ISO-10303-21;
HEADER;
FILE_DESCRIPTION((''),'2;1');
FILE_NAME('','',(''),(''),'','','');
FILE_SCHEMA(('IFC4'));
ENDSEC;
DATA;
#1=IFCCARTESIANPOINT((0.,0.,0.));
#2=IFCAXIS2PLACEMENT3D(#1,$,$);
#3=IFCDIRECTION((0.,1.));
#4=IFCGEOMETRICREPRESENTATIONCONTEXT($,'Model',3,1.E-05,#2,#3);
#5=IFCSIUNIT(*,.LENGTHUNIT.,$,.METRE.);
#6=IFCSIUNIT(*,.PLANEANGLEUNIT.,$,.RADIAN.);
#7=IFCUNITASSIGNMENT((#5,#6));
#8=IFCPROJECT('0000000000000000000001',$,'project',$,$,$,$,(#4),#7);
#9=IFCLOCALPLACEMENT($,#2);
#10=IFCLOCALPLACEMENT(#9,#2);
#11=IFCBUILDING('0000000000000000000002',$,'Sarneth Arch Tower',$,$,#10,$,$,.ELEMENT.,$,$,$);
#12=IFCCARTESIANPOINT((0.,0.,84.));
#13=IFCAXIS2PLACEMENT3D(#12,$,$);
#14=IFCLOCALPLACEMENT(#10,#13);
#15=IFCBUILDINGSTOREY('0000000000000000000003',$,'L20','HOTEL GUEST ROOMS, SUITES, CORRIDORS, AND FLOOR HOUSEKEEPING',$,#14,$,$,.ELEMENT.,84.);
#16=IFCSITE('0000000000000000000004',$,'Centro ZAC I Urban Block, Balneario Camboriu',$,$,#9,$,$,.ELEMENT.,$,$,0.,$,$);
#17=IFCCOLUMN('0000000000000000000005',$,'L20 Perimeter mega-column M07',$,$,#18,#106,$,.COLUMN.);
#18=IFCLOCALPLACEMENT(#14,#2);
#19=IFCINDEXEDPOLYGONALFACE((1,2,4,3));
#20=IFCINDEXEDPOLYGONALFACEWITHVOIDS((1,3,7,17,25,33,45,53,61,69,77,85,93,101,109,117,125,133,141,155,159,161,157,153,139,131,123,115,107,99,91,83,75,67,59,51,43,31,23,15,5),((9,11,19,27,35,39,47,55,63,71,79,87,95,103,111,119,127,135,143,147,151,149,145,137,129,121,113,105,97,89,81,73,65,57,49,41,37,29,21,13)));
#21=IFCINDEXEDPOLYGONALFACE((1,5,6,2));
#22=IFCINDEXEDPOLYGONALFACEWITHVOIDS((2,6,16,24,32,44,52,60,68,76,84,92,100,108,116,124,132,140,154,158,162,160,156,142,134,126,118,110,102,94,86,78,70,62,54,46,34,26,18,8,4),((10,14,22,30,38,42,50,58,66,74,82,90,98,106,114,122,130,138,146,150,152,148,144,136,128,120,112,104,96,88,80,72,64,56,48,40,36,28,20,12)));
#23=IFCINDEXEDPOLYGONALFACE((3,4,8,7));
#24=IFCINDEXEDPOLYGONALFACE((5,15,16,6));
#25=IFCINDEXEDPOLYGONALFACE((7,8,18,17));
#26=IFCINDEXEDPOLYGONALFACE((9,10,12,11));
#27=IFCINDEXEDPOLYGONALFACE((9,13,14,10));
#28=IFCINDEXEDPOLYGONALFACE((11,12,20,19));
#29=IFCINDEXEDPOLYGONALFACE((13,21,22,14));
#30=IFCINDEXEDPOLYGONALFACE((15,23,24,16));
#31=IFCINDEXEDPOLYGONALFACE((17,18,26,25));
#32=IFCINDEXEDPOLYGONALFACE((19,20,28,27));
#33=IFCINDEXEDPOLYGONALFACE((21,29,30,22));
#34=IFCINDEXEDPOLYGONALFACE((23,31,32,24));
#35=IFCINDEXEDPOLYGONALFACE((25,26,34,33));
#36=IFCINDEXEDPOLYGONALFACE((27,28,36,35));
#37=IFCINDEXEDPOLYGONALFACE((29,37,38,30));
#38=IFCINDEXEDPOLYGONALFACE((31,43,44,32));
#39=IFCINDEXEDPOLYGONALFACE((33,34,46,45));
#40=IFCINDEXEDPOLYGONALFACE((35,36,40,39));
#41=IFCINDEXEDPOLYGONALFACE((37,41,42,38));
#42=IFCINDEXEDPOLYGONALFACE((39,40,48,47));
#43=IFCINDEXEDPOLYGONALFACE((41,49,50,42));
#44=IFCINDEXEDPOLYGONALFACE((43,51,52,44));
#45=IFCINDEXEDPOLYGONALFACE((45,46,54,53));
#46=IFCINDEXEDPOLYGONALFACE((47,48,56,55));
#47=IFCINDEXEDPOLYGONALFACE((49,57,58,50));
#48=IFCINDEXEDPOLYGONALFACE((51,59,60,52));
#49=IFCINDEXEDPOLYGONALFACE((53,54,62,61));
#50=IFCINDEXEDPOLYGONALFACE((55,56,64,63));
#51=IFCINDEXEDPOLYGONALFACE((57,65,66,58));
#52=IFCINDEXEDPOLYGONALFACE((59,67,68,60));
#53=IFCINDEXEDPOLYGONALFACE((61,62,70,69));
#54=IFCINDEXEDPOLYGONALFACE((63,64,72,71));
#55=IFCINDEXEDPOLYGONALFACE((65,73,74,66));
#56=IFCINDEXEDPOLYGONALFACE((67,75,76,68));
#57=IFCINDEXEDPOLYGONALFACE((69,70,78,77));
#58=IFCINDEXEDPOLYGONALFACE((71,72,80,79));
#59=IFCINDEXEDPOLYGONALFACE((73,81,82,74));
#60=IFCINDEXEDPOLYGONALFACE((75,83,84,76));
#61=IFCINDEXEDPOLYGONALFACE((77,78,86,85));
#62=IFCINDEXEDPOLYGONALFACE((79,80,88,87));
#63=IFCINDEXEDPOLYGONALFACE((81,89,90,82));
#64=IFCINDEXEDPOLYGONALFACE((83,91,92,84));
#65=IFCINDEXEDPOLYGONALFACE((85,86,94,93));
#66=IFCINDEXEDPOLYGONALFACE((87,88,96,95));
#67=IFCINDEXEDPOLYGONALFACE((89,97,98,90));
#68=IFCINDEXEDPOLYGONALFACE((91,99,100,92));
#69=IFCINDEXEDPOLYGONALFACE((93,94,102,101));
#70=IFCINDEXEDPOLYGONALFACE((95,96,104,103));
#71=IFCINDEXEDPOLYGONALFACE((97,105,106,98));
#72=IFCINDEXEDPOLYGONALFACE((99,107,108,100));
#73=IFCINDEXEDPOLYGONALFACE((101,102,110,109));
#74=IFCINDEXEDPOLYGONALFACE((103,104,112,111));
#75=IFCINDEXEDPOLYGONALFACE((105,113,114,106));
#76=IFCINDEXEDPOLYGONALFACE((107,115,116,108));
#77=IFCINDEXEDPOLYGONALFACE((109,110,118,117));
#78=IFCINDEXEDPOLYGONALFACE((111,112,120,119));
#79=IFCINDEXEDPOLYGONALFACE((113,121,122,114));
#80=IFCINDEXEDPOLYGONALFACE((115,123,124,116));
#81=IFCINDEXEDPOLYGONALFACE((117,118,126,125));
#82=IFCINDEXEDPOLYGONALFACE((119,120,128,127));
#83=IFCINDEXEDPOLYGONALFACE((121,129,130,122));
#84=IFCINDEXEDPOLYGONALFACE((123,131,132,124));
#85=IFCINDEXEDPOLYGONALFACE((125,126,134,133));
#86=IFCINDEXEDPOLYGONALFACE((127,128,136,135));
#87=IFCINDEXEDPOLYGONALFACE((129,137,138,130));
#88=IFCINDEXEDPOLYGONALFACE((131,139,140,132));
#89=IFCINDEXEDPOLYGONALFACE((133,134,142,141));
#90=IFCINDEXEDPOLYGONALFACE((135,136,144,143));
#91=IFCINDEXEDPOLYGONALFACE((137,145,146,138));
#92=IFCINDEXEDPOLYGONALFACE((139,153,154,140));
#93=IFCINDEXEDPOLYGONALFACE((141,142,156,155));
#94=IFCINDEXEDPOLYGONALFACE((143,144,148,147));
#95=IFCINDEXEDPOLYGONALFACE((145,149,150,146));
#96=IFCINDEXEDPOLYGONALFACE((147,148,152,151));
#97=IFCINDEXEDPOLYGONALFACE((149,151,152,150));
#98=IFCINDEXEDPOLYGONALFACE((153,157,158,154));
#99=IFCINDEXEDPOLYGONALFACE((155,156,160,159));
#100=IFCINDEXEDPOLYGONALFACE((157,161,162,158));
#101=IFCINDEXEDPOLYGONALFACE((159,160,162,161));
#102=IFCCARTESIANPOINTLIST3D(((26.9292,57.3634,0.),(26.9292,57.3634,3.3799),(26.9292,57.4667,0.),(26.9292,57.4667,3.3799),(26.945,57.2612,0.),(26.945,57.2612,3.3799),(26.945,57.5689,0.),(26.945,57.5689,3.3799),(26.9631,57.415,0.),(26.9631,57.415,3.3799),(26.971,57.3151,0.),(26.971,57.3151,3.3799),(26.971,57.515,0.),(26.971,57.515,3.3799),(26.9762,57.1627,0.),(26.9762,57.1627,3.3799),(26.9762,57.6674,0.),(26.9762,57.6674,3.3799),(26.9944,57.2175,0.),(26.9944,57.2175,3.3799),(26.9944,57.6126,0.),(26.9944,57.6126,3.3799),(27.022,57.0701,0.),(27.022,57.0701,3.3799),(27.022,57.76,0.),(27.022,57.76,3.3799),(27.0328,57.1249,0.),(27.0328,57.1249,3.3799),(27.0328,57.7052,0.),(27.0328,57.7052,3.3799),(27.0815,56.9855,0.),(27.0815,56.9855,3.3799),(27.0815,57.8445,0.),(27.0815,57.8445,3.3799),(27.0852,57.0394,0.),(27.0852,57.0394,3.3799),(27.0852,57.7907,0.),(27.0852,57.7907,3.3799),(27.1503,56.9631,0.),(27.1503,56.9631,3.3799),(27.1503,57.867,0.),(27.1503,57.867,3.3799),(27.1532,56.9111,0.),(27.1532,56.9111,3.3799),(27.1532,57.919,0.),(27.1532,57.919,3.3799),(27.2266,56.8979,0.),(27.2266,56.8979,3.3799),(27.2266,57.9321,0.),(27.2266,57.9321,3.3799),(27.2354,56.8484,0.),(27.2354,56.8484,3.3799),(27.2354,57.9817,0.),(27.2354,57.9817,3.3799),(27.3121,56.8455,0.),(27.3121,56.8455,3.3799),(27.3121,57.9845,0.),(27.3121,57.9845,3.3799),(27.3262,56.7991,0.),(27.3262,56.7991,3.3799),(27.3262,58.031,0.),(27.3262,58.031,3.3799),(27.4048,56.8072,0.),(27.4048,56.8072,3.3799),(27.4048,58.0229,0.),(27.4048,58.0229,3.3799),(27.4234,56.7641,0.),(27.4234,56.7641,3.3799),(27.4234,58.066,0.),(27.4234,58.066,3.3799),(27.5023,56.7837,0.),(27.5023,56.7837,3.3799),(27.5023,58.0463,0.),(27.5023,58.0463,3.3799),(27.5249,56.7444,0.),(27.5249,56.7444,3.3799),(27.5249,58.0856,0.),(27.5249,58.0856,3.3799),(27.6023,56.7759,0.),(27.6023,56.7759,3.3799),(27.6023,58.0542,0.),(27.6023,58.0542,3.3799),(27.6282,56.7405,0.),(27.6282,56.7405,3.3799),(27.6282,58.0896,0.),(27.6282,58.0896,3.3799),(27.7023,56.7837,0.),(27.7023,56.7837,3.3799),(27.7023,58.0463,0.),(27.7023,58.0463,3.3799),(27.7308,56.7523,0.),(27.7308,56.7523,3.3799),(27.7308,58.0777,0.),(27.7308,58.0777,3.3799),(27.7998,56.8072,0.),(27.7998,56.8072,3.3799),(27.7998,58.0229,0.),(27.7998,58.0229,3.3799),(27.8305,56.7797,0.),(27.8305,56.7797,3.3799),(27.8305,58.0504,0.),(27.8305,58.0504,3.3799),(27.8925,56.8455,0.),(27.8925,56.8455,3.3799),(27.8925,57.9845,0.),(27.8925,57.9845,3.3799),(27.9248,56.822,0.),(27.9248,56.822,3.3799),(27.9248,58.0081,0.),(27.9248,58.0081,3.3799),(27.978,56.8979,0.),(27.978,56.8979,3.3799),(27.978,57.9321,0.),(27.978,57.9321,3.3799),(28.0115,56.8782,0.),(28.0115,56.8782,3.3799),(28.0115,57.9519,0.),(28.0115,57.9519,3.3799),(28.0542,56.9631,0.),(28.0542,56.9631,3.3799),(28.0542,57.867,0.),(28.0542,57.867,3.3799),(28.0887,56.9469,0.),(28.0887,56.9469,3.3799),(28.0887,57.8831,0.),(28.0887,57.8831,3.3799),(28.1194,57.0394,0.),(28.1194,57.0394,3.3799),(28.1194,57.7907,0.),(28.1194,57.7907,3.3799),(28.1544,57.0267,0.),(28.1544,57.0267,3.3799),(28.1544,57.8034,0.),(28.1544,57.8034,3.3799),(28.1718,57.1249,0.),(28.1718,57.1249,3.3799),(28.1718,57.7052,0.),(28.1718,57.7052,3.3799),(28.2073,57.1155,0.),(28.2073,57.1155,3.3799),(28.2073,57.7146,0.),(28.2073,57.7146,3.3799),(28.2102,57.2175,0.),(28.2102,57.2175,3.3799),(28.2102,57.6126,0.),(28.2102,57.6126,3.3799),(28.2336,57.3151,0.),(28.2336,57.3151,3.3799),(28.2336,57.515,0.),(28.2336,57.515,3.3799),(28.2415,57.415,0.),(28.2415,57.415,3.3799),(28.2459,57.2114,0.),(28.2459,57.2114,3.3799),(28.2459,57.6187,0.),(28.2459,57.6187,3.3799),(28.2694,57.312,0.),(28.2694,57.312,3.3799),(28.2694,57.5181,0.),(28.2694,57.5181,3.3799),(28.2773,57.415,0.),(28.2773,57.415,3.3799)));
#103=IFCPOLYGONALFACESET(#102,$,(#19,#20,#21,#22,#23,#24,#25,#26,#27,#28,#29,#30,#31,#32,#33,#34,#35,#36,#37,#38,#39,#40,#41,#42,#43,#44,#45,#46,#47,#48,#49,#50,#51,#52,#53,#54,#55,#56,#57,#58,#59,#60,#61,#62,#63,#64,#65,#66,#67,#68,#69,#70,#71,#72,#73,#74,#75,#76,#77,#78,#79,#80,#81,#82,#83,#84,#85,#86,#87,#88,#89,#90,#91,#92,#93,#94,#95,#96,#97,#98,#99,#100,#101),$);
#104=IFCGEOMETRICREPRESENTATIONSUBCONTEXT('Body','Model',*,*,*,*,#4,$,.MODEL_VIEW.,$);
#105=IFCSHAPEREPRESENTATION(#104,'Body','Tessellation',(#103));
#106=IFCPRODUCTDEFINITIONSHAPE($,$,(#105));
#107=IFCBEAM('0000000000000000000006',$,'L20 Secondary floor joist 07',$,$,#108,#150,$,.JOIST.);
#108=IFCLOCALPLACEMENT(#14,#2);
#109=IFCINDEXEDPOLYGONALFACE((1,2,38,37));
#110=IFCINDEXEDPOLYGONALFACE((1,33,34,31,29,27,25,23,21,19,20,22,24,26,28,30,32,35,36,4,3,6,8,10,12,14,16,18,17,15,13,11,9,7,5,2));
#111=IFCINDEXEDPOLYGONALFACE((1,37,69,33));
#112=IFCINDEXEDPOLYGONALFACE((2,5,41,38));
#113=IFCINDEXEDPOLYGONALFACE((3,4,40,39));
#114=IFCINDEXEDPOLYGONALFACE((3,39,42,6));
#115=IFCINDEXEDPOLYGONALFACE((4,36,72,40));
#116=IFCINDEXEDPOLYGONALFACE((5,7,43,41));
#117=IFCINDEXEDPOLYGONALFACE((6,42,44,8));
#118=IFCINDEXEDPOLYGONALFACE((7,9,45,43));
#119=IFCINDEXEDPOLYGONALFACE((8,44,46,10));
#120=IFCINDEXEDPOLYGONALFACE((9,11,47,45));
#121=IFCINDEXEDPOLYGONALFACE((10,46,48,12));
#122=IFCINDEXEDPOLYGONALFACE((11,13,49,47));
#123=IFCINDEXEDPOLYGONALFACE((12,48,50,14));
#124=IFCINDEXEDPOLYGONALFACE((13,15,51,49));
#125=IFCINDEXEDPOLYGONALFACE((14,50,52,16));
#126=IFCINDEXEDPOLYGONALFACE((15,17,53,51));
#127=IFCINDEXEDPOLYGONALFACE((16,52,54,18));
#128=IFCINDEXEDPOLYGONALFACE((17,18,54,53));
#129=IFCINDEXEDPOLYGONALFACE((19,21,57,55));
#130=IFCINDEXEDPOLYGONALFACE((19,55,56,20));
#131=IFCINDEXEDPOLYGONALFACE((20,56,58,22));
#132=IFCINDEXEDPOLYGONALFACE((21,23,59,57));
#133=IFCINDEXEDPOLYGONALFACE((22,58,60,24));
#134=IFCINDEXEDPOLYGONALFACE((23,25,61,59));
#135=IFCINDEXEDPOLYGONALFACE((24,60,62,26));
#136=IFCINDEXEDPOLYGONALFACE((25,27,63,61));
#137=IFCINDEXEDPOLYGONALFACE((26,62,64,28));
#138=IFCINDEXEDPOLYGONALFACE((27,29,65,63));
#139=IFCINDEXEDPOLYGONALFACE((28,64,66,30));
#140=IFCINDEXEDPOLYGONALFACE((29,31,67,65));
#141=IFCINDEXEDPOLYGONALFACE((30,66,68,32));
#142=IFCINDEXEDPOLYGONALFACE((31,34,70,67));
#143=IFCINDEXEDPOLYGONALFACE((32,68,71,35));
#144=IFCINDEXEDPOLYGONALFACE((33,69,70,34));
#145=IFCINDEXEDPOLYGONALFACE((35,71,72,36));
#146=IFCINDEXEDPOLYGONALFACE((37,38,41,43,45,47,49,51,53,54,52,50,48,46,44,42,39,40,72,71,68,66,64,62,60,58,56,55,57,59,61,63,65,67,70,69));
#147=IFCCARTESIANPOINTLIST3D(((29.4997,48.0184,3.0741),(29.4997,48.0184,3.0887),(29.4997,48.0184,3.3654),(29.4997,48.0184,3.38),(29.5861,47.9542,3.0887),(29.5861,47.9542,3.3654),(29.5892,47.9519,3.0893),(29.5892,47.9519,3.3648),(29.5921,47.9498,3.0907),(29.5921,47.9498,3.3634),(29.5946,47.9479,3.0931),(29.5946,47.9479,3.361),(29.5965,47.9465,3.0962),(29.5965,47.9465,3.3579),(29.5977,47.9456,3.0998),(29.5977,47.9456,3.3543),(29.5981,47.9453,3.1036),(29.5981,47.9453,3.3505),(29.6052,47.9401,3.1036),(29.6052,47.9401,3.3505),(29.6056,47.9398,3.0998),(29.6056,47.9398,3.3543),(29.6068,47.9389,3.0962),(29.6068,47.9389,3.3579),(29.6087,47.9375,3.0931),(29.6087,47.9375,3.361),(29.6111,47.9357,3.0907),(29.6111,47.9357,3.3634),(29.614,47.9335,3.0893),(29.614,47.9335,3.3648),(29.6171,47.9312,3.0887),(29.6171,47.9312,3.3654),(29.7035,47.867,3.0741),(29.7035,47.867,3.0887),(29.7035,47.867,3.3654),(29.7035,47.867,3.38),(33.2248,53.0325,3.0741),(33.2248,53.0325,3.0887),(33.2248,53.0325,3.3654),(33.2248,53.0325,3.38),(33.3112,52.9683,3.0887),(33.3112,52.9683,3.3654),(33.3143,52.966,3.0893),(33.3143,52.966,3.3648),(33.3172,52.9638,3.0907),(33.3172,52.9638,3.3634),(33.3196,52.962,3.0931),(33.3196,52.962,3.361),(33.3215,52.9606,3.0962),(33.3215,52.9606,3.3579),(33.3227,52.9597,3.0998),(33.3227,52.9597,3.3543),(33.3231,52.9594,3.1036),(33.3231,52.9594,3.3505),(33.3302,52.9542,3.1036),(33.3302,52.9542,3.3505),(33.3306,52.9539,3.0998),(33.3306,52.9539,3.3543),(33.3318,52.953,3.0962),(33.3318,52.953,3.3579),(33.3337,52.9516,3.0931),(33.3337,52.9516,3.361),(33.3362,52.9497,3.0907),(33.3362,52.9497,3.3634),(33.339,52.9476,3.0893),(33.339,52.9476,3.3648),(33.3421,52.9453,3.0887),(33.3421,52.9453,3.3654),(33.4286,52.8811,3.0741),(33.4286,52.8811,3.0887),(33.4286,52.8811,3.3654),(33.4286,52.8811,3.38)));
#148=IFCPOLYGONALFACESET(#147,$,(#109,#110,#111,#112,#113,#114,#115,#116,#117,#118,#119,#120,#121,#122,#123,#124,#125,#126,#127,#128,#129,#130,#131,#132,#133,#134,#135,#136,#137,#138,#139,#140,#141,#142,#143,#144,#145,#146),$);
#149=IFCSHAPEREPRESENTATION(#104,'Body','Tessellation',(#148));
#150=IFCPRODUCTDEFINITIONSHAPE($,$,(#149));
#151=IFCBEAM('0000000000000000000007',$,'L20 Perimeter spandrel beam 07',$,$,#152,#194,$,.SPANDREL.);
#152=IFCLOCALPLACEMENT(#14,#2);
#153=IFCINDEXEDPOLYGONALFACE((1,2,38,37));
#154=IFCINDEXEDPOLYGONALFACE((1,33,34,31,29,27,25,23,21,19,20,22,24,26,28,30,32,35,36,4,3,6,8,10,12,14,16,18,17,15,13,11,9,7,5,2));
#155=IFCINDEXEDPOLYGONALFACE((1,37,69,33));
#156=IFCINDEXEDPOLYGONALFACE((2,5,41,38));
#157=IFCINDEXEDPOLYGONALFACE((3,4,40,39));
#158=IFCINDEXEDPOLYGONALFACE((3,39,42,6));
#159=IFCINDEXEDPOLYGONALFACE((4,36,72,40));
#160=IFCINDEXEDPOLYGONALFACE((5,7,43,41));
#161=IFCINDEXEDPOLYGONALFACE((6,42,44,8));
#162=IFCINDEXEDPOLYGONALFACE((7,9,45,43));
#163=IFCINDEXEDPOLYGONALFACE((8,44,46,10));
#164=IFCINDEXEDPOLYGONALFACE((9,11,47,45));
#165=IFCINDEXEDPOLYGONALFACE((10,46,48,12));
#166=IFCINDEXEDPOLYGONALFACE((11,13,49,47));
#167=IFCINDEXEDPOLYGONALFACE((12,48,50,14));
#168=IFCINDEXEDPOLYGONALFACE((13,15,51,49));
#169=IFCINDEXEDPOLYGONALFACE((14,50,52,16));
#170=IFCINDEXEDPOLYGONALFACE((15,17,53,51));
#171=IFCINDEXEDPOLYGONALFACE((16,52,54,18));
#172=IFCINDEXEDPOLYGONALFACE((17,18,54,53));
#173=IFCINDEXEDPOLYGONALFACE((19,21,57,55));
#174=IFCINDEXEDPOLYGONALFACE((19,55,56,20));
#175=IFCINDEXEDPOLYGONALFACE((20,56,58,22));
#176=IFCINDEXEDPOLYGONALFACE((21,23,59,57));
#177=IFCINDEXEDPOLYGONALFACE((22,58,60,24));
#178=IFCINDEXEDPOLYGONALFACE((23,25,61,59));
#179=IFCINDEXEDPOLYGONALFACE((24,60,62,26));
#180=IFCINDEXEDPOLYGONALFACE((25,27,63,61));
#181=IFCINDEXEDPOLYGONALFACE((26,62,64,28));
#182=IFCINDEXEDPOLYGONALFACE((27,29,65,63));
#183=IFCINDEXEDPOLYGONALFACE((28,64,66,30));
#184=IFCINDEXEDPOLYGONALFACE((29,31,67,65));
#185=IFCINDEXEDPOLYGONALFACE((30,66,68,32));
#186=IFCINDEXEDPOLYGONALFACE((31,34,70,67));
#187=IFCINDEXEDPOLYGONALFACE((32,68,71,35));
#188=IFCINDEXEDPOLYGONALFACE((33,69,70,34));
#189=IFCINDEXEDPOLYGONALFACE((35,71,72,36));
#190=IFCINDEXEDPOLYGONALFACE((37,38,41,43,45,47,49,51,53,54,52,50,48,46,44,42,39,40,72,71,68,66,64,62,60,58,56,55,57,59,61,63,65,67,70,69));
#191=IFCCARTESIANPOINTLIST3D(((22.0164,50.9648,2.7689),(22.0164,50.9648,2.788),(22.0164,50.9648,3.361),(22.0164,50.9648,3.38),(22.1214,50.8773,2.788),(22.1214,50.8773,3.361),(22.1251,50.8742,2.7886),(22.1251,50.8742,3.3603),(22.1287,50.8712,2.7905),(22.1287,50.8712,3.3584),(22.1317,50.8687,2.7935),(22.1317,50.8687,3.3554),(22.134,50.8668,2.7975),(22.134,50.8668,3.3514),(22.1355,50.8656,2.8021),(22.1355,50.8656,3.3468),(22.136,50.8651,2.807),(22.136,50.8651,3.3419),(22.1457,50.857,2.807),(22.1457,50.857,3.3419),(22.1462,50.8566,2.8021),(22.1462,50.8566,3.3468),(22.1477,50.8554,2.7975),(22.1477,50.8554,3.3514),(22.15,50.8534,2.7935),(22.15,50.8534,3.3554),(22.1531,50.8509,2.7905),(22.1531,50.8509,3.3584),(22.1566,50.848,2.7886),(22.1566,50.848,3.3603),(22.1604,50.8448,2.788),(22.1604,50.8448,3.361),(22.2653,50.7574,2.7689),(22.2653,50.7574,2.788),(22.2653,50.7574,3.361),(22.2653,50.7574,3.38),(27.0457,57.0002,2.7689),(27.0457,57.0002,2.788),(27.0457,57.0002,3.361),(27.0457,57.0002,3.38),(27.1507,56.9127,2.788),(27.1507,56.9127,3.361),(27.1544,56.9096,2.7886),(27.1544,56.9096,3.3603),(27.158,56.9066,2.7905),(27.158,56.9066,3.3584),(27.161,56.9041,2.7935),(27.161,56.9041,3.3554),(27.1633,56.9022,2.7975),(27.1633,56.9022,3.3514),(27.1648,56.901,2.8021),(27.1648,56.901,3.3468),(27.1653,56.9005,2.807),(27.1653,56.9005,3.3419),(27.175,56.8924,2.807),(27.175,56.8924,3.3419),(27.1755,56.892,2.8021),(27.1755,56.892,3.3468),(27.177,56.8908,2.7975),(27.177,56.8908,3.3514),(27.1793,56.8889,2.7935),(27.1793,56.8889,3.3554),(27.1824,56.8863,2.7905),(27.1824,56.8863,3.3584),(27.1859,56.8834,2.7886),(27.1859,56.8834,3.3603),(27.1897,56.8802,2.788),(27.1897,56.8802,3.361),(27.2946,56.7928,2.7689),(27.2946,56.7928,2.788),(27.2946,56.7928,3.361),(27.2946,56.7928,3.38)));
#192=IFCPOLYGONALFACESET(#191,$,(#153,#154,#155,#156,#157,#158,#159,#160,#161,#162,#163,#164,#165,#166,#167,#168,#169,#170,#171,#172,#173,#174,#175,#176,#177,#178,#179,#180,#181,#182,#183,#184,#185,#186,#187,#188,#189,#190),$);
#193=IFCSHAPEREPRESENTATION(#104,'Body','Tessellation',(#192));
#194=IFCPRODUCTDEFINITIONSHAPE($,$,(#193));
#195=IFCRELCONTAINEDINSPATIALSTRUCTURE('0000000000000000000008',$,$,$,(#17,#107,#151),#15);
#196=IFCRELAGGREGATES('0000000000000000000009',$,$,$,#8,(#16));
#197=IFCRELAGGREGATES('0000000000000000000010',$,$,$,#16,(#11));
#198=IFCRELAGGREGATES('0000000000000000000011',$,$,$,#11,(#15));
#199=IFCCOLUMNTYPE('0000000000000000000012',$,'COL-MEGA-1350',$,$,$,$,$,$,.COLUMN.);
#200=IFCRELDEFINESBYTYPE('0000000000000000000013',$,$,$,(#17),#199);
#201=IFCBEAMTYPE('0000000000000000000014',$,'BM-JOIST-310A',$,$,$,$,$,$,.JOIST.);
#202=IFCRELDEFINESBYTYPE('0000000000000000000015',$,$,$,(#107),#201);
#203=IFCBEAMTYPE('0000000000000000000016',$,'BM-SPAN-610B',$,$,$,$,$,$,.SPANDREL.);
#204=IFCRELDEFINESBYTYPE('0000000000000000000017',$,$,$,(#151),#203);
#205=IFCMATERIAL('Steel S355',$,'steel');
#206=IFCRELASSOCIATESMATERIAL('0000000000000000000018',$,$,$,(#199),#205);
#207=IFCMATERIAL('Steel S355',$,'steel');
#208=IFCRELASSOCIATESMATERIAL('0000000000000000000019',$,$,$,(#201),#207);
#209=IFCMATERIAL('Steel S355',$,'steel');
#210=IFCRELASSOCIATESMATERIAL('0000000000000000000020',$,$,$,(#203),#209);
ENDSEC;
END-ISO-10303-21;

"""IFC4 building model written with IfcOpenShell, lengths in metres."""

from ifc_helpers import new_model, si_unit, direction, frame, origin, origin_2d, place, context, subcontext, project, spatial, hollow_circle, i_section, extrude, material, material_profile, profile_set, type_object, element, save


model = new_model("IFC4")

# Units and contexts
model_context = context("Model", 3, precision=1e-05, world=origin(), true_north=direction((0.0, 1.0)))
body_context = subcontext(model_context, "Body", "Model", "MODEL_VIEW")
ifc_project = project(units=[si_unit("LENGTHUNIT", "METRE"), si_unit("PLANEANGLEUNIT", "RADIAN")], contexts=[model_context])

# Site, building, storey
site_placement = place(None, origin())
site = spatial("IfcSite", under=ifc_project, at=site_placement, Name="Centro ZAC I Urban Block, Balneario Camboriu", CompositionType="ELEMENT", RefElevation=0.0)
building_placement = place(site_placement, origin())
building = spatial("IfcBuilding", under=site, at=building_placement, Name="Sarneth Arch Tower", CompositionType="ELEMENT")
storey_placement = place(building_placement, frame((0.0, 0.0, 84.0)))
storey = spatial("IfcBuildingStorey", under=building, at=storey_placement, Name="L20", Description="HOTEL GUEST ROOMS, SUITES, CORRIDORS, AND FLOOR HOUSEKEEPING", CompositionType="ELEMENT", Elevation=84.0)

# Column
ifc_material_1 = material(Name="Steel S355", Category="steel")
ifc_material_profile_1 = material_profile(ifc_material_1, hollow_circle(Radius=0.675, WallThickness=0.0359, at=origin_2d()), Name="CHS1350x36")
ifc_profile_set_1 = profile_set([ifc_material_profile_1], Name="Steel S355")
column_type = type_object("IfcColumnType", Name="COL-MEGA-1350", PredefinedType="COLUMN", material=ifc_profile_set_1)
column_placement = place(storey_placement, frame((27.6023, 57.415, 0.0), z_axis=(0.0, 0.0, 1.0), x_axis=(1.0, 0.0, 0.0)))
element("IfcColumn", 1, at=column_placement, inside=storey, type_object=column_type, Name="L20 Perimeter mega-column M07", PredefinedType="COLUMN", context=body_context, shape_type="SweptSolid", body=[
    extrude(hollow_circle(Radius=0.675, WallThickness=0.0359, at=origin_2d()), origin(), (0.0, 0.0, 1.0), 3.3799),
])

# Beams
ifc_material_2 = material(Name="Steel S355", Category="steel")
ifc_material_profile_2 = material_profile(ifc_material_2, i_section(OverallWidth=0.2539, OverallDepth=0.3059, WebThickness=0.0088, FlangeThickness=0.0146, FilletRadius=0.0149, at=origin_2d()), Name="W310x79")
ifc_profile_set_2 = profile_set([ifc_material_profile_2], Name="Steel S355")
beam_type_1 = type_object("IfcBeamType", Name="BM-JOIST-310A", PredefinedType="JOIST", material=ifc_profile_set_2)
beam_1_placement = place(storey_placement, frame((33.3267, 52.9568, 3.2271), z_axis=(-0.596354, -0.802721, 0.0), x_axis=(0.802721, -0.596354, 0.0)))
element("IfcBeam", 2, at=beam_1_placement, inside=storey, type_object=beam_type_1, Name="L20 Secondary floor joist 07", PredefinedType="JOIST", context=body_context, shape_type="SweptSolid", body=[
    extrude(i_section(OverallWidth=0.2539, OverallDepth=0.3059, WebThickness=0.0088, FlangeThickness=0.0146, FilletRadius=0.0149, at=origin_2d()), origin(), (0.0, 0.0, 1.0), 6.2463),
])
ifc_material_3 = material(Name="Steel S355", Category="steel")
ifc_material_profile_3 = material_profile(ifc_material_3, i_section(OverallWidth=0.324, OverallDepth=0.6111, WebThickness=0.0127, FlangeThickness=0.019, FilletRadius=0.019, at=origin_2d()), Name="W610x155")
ifc_profile_set_3 = profile_set([ifc_material_profile_3], Name="Steel S355")
beam_type_2 = type_object("IfcBeamType", Name="BM-SPAN-610B", PredefinedType="SPANDREL", material=ifc_profile_set_3)
beam_2_placement = place(storey_placement, frame((27.1702, 56.8965, 3.0745), z_axis=(-0.640169, -0.768234, 0.0), x_axis=(0.768234, -0.640169, 0.0)))
element("IfcBeam", 3, at=beam_2_placement, inside=storey, type_object=beam_type_2, Name="L20 Perimeter spandrel beam 07", PredefinedType="SPANDREL", context=body_context, shape_type="SweptSolid", body=[
    extrude(i_section(OverallWidth=0.324, OverallDepth=0.6111, WebThickness=0.0127, FlangeThickness=0.019, FilletRadius=0.019, at=origin_2d()), origin(), (0.0, 0.0, 1.0), 7.8562),
])

save(model, "model.ifc")
